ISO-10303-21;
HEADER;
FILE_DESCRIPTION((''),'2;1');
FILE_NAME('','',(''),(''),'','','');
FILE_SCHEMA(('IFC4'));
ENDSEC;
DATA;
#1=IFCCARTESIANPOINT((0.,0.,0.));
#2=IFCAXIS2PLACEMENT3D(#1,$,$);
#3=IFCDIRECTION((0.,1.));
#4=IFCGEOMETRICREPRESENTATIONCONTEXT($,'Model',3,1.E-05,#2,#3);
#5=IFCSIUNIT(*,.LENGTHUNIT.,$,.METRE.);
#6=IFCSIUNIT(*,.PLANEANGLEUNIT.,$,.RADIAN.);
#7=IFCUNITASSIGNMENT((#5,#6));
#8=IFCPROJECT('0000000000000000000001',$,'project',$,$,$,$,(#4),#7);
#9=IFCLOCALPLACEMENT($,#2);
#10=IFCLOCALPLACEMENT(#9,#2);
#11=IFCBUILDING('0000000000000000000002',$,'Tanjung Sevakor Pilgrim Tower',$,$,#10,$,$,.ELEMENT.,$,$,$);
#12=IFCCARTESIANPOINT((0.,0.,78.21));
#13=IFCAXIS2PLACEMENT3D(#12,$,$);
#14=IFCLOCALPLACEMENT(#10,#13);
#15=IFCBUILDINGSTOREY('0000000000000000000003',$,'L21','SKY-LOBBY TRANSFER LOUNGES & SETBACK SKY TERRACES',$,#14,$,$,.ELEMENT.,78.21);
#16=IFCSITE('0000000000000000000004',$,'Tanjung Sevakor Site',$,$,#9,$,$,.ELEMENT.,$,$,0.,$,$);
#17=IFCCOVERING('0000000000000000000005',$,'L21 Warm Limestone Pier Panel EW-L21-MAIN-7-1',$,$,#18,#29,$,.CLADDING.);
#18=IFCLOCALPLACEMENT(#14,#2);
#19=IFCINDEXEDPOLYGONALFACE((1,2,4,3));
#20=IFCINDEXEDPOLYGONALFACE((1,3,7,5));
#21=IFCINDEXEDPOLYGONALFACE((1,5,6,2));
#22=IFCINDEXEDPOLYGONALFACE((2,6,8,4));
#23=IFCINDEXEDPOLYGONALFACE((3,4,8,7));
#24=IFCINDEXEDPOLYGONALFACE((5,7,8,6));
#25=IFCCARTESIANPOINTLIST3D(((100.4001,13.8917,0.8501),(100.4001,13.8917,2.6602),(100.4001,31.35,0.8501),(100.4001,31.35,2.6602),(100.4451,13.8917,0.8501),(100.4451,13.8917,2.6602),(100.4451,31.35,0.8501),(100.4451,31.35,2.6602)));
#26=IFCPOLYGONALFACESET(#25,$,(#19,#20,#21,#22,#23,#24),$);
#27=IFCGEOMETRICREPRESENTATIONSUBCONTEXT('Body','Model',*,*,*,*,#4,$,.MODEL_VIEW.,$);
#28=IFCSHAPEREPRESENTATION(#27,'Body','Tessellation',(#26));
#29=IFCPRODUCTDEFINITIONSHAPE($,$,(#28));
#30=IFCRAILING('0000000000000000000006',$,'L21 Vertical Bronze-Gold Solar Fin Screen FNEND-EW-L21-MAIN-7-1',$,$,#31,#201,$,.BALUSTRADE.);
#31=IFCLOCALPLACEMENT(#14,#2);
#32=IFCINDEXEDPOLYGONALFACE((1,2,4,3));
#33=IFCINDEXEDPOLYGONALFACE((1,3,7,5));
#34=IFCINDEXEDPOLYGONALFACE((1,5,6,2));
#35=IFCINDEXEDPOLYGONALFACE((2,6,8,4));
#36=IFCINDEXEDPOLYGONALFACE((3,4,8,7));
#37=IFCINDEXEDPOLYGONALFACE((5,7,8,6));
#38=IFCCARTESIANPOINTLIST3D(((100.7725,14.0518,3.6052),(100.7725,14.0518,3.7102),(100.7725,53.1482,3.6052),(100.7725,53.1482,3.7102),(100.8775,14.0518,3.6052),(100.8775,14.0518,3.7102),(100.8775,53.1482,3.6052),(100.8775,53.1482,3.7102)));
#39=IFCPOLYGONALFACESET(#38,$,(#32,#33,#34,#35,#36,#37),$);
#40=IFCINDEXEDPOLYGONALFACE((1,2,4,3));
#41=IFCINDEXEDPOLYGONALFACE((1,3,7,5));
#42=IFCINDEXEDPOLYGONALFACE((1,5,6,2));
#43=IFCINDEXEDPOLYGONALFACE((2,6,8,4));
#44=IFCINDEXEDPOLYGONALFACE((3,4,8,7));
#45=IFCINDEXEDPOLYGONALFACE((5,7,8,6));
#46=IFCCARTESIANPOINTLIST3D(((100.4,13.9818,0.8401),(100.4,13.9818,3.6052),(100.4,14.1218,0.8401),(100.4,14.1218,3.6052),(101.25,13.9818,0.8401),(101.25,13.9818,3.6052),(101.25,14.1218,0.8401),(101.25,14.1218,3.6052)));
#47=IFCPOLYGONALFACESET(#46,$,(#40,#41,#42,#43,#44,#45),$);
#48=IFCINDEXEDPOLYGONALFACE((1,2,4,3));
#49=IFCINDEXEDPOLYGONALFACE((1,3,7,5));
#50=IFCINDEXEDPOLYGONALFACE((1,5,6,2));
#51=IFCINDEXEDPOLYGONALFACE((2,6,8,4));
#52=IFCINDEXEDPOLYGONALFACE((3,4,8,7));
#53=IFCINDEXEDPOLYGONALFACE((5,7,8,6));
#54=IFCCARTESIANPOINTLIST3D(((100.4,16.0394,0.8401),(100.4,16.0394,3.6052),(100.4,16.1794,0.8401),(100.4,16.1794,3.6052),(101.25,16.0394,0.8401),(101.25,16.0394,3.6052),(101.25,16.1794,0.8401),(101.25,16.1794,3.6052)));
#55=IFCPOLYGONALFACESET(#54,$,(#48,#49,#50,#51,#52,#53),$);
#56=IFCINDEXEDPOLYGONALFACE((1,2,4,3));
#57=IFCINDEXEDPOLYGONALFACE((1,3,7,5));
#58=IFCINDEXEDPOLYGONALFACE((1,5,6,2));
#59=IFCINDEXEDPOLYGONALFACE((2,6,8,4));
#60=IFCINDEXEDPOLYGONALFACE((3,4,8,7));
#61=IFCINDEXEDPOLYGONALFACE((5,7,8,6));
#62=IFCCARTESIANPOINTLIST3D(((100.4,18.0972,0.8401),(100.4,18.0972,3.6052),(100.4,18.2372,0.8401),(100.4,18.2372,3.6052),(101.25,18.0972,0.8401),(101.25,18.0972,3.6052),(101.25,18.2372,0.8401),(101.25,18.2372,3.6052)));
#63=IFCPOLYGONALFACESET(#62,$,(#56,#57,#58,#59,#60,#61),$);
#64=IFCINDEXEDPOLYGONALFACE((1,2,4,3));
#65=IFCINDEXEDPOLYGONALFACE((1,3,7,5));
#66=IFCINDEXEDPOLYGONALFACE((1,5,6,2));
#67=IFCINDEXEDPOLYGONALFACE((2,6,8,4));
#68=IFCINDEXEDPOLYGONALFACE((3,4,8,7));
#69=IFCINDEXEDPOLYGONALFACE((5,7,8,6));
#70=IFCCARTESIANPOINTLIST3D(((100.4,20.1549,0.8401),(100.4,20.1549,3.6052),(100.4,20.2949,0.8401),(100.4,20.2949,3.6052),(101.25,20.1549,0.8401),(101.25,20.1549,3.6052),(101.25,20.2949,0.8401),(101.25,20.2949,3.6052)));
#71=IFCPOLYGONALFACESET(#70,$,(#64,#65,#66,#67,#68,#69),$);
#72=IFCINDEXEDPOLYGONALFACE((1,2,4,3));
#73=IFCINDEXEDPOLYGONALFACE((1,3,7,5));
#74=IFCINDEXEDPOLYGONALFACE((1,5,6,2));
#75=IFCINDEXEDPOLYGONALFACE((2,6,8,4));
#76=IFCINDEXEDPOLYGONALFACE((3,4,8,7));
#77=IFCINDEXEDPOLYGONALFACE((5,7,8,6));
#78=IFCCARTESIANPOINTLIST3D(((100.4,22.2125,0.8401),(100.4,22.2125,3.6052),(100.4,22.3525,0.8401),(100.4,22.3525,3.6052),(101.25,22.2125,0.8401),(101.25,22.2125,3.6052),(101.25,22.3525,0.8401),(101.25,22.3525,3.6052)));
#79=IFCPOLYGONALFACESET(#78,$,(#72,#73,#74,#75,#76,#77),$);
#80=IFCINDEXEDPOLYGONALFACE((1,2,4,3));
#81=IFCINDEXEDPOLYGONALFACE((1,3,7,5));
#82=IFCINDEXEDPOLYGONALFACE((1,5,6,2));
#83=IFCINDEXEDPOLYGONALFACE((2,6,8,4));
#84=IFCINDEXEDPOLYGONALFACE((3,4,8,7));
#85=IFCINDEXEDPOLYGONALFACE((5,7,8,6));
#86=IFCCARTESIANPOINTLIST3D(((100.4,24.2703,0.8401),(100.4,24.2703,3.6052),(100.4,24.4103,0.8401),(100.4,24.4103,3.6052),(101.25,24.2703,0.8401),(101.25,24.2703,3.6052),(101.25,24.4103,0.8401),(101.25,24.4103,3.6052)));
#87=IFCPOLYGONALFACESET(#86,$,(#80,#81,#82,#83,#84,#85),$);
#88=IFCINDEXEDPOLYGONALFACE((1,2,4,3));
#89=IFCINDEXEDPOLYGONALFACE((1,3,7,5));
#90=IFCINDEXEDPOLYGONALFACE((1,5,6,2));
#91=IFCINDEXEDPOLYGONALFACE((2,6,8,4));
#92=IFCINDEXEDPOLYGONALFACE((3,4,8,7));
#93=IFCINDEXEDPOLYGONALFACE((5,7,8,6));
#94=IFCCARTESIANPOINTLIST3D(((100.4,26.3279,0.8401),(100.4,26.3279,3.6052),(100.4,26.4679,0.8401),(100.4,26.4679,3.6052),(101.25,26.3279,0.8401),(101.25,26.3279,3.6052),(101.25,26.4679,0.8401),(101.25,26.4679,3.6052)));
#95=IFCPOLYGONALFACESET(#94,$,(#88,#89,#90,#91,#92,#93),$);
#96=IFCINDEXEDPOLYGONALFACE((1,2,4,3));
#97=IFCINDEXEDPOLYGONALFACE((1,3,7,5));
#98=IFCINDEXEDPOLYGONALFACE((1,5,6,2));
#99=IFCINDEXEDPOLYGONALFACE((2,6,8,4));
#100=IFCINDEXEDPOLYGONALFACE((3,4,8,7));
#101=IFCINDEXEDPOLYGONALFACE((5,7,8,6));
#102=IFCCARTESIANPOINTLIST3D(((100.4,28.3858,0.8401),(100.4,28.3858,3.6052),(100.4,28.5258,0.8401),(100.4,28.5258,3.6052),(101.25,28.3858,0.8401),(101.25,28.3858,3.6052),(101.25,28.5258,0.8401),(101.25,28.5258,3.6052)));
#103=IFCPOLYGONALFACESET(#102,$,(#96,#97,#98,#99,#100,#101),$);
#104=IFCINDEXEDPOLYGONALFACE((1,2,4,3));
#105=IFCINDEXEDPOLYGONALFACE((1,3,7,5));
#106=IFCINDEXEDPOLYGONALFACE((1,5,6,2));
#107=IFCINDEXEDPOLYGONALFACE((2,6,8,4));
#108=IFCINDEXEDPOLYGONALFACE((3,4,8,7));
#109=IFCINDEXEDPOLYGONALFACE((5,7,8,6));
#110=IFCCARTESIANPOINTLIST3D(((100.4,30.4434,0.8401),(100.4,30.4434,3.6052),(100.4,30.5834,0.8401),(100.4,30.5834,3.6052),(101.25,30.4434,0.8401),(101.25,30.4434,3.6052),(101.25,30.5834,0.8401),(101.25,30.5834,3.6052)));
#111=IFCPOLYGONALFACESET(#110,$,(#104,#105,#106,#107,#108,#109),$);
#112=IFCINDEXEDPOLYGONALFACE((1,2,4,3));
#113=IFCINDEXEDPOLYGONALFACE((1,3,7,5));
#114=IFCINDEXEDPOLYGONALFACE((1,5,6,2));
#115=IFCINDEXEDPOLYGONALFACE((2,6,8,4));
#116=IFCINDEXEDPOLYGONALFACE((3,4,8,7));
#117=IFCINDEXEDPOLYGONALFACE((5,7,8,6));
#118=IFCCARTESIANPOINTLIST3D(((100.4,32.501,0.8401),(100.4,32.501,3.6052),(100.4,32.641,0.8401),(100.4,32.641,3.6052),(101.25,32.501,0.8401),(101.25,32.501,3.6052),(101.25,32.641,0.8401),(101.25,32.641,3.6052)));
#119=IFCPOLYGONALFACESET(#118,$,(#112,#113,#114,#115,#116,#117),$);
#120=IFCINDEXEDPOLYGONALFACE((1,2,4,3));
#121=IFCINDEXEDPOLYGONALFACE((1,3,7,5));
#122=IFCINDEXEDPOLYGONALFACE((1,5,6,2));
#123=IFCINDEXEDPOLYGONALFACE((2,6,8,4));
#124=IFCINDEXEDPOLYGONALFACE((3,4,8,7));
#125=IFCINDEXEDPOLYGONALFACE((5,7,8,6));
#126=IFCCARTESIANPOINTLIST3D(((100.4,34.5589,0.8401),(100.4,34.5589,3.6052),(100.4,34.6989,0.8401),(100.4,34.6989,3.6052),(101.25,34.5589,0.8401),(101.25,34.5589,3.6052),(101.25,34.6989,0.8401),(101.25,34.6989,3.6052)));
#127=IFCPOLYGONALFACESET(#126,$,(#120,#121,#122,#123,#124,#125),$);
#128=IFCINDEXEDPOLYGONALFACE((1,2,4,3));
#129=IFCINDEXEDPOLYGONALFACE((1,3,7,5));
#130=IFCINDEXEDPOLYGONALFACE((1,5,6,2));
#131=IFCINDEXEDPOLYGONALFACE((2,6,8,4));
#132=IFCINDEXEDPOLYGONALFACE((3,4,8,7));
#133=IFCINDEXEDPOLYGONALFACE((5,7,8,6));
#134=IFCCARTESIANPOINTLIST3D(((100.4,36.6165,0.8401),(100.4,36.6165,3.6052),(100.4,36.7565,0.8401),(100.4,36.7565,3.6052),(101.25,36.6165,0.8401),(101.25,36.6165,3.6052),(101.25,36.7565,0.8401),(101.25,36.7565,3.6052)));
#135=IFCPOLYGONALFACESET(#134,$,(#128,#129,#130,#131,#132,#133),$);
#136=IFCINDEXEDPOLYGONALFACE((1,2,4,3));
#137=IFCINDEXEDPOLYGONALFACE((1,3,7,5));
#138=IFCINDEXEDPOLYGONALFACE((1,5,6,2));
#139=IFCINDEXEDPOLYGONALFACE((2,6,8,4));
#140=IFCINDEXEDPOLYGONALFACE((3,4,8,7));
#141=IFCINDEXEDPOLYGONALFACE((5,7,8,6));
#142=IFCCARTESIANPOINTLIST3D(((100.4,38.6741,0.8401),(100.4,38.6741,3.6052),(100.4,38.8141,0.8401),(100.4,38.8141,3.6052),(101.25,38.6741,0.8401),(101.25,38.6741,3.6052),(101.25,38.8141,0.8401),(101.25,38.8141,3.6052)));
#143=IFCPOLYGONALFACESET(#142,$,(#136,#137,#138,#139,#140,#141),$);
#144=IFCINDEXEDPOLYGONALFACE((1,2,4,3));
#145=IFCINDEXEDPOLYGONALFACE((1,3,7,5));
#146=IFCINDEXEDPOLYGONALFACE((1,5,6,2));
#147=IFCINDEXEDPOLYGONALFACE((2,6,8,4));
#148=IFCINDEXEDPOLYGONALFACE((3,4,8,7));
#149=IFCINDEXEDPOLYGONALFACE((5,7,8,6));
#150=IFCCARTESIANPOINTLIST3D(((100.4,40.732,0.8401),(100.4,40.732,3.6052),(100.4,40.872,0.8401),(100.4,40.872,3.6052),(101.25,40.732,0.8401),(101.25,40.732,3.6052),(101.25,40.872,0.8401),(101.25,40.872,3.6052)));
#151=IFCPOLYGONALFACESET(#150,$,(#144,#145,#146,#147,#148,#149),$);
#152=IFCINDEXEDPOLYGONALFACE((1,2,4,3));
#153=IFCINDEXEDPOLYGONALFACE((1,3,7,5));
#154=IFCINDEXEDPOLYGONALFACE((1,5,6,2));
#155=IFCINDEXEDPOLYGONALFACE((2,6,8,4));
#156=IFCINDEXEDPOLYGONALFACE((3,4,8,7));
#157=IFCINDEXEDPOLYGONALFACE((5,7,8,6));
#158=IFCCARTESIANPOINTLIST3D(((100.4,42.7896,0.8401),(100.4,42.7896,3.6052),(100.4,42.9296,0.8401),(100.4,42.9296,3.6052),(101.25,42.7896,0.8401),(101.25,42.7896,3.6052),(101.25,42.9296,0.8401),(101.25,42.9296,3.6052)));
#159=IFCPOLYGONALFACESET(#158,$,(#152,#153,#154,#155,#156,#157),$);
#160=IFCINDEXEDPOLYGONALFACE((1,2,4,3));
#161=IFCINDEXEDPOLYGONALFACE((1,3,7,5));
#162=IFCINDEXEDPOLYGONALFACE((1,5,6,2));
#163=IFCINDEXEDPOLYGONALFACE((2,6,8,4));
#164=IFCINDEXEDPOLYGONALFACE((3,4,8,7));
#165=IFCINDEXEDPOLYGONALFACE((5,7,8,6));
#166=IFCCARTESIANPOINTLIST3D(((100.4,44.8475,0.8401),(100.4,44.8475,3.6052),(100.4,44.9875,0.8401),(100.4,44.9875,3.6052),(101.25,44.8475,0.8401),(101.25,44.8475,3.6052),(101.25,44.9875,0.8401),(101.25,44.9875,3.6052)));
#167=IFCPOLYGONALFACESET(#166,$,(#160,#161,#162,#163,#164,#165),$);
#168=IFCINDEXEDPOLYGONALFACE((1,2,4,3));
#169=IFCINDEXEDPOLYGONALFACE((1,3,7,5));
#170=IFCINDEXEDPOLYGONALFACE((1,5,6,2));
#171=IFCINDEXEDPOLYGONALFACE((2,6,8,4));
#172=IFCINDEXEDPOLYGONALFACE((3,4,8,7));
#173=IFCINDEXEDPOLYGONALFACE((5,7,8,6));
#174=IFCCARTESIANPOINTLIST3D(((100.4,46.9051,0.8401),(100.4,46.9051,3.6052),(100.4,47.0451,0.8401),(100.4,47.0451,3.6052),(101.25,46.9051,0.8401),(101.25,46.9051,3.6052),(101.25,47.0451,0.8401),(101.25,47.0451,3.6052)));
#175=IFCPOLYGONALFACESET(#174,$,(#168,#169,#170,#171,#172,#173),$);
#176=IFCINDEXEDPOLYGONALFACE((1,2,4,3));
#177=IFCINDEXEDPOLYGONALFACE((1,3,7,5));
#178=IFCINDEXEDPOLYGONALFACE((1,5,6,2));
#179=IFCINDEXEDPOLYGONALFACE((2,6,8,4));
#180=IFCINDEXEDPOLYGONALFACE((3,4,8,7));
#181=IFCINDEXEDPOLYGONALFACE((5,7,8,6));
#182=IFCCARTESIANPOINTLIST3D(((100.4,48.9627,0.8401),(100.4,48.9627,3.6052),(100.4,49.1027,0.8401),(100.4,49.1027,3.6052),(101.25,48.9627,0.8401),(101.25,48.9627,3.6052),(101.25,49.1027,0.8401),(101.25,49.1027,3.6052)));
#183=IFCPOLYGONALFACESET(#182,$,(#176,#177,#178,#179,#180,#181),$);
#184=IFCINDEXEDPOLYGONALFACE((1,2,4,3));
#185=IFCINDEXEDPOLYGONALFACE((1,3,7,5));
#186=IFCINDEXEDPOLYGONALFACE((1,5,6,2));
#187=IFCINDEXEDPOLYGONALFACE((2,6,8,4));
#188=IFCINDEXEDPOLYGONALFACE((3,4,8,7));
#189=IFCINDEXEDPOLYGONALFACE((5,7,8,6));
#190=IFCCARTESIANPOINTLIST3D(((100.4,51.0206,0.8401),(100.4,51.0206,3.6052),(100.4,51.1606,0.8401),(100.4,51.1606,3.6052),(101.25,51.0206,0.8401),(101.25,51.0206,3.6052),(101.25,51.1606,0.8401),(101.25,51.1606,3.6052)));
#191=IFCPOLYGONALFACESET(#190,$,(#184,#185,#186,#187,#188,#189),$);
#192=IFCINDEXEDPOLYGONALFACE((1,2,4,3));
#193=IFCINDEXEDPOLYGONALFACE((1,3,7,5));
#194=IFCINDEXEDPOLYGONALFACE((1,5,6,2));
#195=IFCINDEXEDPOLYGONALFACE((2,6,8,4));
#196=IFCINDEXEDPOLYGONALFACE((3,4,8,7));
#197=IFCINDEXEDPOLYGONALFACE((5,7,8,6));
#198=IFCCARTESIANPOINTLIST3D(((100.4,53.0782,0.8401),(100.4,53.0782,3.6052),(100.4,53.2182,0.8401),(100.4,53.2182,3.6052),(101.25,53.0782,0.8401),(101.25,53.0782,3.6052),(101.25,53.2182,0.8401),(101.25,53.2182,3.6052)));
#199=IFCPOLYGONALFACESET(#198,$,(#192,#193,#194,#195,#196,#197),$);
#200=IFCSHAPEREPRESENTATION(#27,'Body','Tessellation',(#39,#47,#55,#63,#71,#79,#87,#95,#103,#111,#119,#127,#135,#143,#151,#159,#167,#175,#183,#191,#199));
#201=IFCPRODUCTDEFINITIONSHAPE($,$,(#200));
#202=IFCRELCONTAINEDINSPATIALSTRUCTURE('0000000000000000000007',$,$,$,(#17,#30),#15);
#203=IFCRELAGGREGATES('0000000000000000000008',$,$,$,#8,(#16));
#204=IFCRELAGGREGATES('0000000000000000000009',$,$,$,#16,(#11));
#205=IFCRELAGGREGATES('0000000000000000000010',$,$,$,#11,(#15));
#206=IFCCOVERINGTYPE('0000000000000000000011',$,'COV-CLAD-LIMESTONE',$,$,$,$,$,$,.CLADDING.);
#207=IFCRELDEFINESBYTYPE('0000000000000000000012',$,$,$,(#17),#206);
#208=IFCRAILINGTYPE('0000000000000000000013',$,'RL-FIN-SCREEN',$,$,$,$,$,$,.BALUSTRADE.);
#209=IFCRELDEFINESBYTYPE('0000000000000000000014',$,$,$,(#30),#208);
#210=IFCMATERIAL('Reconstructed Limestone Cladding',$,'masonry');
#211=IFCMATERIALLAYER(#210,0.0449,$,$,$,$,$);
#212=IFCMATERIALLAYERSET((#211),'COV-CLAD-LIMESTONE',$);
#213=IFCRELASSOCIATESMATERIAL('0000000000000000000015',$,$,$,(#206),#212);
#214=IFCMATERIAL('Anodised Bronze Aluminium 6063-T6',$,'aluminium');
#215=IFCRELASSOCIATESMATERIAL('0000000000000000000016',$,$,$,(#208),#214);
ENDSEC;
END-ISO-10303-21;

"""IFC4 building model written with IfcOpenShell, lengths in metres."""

from ifc_helpers import new_model, si_unit, direction, frame, origin, origin_2d, place, context, subcontext, project, spatial, rectangle, extrude, material, layer, layer_set, type_object, element, save


model = new_model("IFC4")

# Units and contexts
model_context = context("Model", 3, precision=1e-05, world=origin(), true_north=direction((0.0, 1.0)))
body_context = subcontext(model_context, "Body", "Model", "MODEL_VIEW")
ifc_project = project(units=[si_unit("LENGTHUNIT", "METRE"), si_unit("PLANEANGLEUNIT", "RADIAN")], contexts=[model_context])

# Site, building, storey
site_placement = place(None, origin())
site = spatial("IfcSite", under=ifc_project, at=site_placement, Name="Tanjung Sevakor Site", CompositionType="ELEMENT", RefElevation=0.0)
building_placement = place(site_placement, origin())
building = spatial("IfcBuilding", under=site, at=building_placement, Name="Tanjung Sevakor Pilgrim Tower", CompositionType="ELEMENT")
storey_placement = place(building_placement, frame((0.0, 0.0, 78.21)))
storey = spatial("IfcBuildingStorey", under=building, at=storey_placement, Name="L21", Description="SKY-LOBBY TRANSFER LOUNGES & SETBACK SKY TERRACES", CompositionType="ELEMENT", Elevation=78.21)

# Covering
ifc_material_1 = material(Name="Reconstructed Limestone Cladding", Category="masonry")
ifc_layer_1 = layer(ifc_material_1, 0.0449)
ifc_layer_set_1 = layer_set([ifc_layer_1], Name="COV-CLAD-LIMESTONE")
covering_type = type_object("IfcCoveringType", Name="COV-CLAD-LIMESTONE", PredefinedType="CLADDING", material=ifc_layer_set_1)
covering_placement = place(storey_placement, frame((100.4226, 22.6208, 0.8501), z_axis=(0.0, 0.0, 1.0), x_axis=(0.0, 1.0, 0.0)))
element("IfcCovering", 1, at=covering_placement, inside=storey, type_object=covering_type, Name="L21 Warm Limestone Pier Panel EW-L21-MAIN-7-1", PredefinedType="CLADDING", context=body_context, shape_type="SweptSolid", body=[
    extrude(rectangle(XDim=17.4583, YDim=0.0449, at=origin_2d()), origin(), (0.0, 0.0, 1.0), 1.8101),
])

# Railing
ifc_material_2 = material(Name="Anodised Bronze Aluminium 6063-T6", Category="aluminium")
railing_type_1 = type_object("IfcRailingType", Name="RL-FIN-SCREEN", PredefinedType="BALUSTRADE", material=ifc_material_2)
railing_1_placement = place(storey_placement, frame((100.825, 14.0518, 0.8401)))
element("IfcRailing", 2, at=railing_1_placement, inside=storey, type_object=railing_type_1, Name="L21 Vertical Bronze-Gold Solar Fin Screen FNEND-EW-L21-MAIN-7-1", PredefinedType="BALUSTRADE", context=body_context, shape_type="SweptSolid", body=[
    extrude(rectangle(XDim=0.105, YDim=0.105), frame((0.0, 0.0, 2.8176), z_axis=(0.0, 1.0, 0.0), x_axis=(-1.0, 0.0, 0.0)), (0.0, 0.0, 1.0), 39.0964),
    extrude(rectangle(XDim=0.85, YDim=0.14), origin(), (0.0, 0.0, 1.0), 2.7651),
    extrude(rectangle(XDim=0.85, YDim=0.14), frame((0.0, 2.0576, 0.0)), (0.0, 0.0, 1.0), 2.7651),
    extrude(rectangle(XDim=0.85, YDim=0.14), frame((0.0, 4.1155, 0.0)), (0.0, 0.0, 1.0), 2.7651),
    extrude(rectangle(XDim=0.85, YDim=0.14), frame((0.0, 6.1731, 0.0)), (0.0, 0.0, 1.0), 2.7651),
    extrude(rectangle(XDim=0.85, YDim=0.14), frame((0.0, 8.2307, 0.0)), (0.0, 0.0, 1.0), 2.7651),
    extrude(rectangle(XDim=0.85, YDim=0.14), frame((0.0, 10.2886, 0.0)), (0.0, 0.0, 1.0), 2.7651),
    extrude(rectangle(XDim=0.85, YDim=0.14), frame((0.0, 12.3462, 0.0)), (0.0, 0.0, 1.0), 2.7651),
    extrude(rectangle(XDim=0.85, YDim=0.14), frame((0.0, 14.4041, 0.0)), (0.0, 0.0, 1.0), 2.7651),
    extrude(rectangle(XDim=0.85, YDim=0.14), frame((0.0, 16.4617, 0.0)), (0.0, 0.0, 1.0), 2.7651),
    extrude(rectangle(XDim=0.85, YDim=0.14), frame((0.0, 18.5193, 0.0)), (0.0, 0.0, 1.0), 2.7651),
    extrude(rectangle(XDim=0.85, YDim=0.14), frame((0.0, 20.5771, 0.0)), (0.0, 0.0, 1.0), 2.7651),
    extrude(rectangle(XDim=0.85, YDim=0.14), frame((0.0, 22.6348, 0.0)), (0.0, 0.0, 1.0), 2.7651),
    extrude(rectangle(XDim=0.85, YDim=0.14), frame((0.0, 24.6924, 0.0)), (0.0, 0.0, 1.0), 2.7651),
    extrude(rectangle(XDim=0.85, YDim=0.14), frame((0.0, 26.7502, 0.0)), (0.0, 0.0, 1.0), 2.7651),
    extrude(rectangle(XDim=0.85, YDim=0.14), frame((0.0, 28.8079, 0.0)), (0.0, 0.0, 1.0), 2.7651),
    extrude(rectangle(XDim=0.85, YDim=0.14), frame((0.0, 30.8657, 0.0)), (0.0, 0.0, 1.0), 2.7651),
    extrude(rectangle(XDim=0.85, YDim=0.14), frame((0.0, 32.9233, 0.0)), (0.0, 0.0, 1.0), 2.7651),
    extrude(rectangle(XDim=0.85, YDim=0.14), frame((0.0, 34.981, 0.0)), (0.0, 0.0, 1.0), 2.7651),
    extrude(rectangle(XDim=0.85, YDim=0.14), frame((0.0, 37.0388, 0.0)), (0.0, 0.0, 1.0), 2.7651),
    extrude(rectangle(XDim=0.85, YDim=0.14), frame((0.0, 39.0964, 0.0)), (0.0, 0.0, 1.0), 2.7651),
])

save(model, "model.ifc")
